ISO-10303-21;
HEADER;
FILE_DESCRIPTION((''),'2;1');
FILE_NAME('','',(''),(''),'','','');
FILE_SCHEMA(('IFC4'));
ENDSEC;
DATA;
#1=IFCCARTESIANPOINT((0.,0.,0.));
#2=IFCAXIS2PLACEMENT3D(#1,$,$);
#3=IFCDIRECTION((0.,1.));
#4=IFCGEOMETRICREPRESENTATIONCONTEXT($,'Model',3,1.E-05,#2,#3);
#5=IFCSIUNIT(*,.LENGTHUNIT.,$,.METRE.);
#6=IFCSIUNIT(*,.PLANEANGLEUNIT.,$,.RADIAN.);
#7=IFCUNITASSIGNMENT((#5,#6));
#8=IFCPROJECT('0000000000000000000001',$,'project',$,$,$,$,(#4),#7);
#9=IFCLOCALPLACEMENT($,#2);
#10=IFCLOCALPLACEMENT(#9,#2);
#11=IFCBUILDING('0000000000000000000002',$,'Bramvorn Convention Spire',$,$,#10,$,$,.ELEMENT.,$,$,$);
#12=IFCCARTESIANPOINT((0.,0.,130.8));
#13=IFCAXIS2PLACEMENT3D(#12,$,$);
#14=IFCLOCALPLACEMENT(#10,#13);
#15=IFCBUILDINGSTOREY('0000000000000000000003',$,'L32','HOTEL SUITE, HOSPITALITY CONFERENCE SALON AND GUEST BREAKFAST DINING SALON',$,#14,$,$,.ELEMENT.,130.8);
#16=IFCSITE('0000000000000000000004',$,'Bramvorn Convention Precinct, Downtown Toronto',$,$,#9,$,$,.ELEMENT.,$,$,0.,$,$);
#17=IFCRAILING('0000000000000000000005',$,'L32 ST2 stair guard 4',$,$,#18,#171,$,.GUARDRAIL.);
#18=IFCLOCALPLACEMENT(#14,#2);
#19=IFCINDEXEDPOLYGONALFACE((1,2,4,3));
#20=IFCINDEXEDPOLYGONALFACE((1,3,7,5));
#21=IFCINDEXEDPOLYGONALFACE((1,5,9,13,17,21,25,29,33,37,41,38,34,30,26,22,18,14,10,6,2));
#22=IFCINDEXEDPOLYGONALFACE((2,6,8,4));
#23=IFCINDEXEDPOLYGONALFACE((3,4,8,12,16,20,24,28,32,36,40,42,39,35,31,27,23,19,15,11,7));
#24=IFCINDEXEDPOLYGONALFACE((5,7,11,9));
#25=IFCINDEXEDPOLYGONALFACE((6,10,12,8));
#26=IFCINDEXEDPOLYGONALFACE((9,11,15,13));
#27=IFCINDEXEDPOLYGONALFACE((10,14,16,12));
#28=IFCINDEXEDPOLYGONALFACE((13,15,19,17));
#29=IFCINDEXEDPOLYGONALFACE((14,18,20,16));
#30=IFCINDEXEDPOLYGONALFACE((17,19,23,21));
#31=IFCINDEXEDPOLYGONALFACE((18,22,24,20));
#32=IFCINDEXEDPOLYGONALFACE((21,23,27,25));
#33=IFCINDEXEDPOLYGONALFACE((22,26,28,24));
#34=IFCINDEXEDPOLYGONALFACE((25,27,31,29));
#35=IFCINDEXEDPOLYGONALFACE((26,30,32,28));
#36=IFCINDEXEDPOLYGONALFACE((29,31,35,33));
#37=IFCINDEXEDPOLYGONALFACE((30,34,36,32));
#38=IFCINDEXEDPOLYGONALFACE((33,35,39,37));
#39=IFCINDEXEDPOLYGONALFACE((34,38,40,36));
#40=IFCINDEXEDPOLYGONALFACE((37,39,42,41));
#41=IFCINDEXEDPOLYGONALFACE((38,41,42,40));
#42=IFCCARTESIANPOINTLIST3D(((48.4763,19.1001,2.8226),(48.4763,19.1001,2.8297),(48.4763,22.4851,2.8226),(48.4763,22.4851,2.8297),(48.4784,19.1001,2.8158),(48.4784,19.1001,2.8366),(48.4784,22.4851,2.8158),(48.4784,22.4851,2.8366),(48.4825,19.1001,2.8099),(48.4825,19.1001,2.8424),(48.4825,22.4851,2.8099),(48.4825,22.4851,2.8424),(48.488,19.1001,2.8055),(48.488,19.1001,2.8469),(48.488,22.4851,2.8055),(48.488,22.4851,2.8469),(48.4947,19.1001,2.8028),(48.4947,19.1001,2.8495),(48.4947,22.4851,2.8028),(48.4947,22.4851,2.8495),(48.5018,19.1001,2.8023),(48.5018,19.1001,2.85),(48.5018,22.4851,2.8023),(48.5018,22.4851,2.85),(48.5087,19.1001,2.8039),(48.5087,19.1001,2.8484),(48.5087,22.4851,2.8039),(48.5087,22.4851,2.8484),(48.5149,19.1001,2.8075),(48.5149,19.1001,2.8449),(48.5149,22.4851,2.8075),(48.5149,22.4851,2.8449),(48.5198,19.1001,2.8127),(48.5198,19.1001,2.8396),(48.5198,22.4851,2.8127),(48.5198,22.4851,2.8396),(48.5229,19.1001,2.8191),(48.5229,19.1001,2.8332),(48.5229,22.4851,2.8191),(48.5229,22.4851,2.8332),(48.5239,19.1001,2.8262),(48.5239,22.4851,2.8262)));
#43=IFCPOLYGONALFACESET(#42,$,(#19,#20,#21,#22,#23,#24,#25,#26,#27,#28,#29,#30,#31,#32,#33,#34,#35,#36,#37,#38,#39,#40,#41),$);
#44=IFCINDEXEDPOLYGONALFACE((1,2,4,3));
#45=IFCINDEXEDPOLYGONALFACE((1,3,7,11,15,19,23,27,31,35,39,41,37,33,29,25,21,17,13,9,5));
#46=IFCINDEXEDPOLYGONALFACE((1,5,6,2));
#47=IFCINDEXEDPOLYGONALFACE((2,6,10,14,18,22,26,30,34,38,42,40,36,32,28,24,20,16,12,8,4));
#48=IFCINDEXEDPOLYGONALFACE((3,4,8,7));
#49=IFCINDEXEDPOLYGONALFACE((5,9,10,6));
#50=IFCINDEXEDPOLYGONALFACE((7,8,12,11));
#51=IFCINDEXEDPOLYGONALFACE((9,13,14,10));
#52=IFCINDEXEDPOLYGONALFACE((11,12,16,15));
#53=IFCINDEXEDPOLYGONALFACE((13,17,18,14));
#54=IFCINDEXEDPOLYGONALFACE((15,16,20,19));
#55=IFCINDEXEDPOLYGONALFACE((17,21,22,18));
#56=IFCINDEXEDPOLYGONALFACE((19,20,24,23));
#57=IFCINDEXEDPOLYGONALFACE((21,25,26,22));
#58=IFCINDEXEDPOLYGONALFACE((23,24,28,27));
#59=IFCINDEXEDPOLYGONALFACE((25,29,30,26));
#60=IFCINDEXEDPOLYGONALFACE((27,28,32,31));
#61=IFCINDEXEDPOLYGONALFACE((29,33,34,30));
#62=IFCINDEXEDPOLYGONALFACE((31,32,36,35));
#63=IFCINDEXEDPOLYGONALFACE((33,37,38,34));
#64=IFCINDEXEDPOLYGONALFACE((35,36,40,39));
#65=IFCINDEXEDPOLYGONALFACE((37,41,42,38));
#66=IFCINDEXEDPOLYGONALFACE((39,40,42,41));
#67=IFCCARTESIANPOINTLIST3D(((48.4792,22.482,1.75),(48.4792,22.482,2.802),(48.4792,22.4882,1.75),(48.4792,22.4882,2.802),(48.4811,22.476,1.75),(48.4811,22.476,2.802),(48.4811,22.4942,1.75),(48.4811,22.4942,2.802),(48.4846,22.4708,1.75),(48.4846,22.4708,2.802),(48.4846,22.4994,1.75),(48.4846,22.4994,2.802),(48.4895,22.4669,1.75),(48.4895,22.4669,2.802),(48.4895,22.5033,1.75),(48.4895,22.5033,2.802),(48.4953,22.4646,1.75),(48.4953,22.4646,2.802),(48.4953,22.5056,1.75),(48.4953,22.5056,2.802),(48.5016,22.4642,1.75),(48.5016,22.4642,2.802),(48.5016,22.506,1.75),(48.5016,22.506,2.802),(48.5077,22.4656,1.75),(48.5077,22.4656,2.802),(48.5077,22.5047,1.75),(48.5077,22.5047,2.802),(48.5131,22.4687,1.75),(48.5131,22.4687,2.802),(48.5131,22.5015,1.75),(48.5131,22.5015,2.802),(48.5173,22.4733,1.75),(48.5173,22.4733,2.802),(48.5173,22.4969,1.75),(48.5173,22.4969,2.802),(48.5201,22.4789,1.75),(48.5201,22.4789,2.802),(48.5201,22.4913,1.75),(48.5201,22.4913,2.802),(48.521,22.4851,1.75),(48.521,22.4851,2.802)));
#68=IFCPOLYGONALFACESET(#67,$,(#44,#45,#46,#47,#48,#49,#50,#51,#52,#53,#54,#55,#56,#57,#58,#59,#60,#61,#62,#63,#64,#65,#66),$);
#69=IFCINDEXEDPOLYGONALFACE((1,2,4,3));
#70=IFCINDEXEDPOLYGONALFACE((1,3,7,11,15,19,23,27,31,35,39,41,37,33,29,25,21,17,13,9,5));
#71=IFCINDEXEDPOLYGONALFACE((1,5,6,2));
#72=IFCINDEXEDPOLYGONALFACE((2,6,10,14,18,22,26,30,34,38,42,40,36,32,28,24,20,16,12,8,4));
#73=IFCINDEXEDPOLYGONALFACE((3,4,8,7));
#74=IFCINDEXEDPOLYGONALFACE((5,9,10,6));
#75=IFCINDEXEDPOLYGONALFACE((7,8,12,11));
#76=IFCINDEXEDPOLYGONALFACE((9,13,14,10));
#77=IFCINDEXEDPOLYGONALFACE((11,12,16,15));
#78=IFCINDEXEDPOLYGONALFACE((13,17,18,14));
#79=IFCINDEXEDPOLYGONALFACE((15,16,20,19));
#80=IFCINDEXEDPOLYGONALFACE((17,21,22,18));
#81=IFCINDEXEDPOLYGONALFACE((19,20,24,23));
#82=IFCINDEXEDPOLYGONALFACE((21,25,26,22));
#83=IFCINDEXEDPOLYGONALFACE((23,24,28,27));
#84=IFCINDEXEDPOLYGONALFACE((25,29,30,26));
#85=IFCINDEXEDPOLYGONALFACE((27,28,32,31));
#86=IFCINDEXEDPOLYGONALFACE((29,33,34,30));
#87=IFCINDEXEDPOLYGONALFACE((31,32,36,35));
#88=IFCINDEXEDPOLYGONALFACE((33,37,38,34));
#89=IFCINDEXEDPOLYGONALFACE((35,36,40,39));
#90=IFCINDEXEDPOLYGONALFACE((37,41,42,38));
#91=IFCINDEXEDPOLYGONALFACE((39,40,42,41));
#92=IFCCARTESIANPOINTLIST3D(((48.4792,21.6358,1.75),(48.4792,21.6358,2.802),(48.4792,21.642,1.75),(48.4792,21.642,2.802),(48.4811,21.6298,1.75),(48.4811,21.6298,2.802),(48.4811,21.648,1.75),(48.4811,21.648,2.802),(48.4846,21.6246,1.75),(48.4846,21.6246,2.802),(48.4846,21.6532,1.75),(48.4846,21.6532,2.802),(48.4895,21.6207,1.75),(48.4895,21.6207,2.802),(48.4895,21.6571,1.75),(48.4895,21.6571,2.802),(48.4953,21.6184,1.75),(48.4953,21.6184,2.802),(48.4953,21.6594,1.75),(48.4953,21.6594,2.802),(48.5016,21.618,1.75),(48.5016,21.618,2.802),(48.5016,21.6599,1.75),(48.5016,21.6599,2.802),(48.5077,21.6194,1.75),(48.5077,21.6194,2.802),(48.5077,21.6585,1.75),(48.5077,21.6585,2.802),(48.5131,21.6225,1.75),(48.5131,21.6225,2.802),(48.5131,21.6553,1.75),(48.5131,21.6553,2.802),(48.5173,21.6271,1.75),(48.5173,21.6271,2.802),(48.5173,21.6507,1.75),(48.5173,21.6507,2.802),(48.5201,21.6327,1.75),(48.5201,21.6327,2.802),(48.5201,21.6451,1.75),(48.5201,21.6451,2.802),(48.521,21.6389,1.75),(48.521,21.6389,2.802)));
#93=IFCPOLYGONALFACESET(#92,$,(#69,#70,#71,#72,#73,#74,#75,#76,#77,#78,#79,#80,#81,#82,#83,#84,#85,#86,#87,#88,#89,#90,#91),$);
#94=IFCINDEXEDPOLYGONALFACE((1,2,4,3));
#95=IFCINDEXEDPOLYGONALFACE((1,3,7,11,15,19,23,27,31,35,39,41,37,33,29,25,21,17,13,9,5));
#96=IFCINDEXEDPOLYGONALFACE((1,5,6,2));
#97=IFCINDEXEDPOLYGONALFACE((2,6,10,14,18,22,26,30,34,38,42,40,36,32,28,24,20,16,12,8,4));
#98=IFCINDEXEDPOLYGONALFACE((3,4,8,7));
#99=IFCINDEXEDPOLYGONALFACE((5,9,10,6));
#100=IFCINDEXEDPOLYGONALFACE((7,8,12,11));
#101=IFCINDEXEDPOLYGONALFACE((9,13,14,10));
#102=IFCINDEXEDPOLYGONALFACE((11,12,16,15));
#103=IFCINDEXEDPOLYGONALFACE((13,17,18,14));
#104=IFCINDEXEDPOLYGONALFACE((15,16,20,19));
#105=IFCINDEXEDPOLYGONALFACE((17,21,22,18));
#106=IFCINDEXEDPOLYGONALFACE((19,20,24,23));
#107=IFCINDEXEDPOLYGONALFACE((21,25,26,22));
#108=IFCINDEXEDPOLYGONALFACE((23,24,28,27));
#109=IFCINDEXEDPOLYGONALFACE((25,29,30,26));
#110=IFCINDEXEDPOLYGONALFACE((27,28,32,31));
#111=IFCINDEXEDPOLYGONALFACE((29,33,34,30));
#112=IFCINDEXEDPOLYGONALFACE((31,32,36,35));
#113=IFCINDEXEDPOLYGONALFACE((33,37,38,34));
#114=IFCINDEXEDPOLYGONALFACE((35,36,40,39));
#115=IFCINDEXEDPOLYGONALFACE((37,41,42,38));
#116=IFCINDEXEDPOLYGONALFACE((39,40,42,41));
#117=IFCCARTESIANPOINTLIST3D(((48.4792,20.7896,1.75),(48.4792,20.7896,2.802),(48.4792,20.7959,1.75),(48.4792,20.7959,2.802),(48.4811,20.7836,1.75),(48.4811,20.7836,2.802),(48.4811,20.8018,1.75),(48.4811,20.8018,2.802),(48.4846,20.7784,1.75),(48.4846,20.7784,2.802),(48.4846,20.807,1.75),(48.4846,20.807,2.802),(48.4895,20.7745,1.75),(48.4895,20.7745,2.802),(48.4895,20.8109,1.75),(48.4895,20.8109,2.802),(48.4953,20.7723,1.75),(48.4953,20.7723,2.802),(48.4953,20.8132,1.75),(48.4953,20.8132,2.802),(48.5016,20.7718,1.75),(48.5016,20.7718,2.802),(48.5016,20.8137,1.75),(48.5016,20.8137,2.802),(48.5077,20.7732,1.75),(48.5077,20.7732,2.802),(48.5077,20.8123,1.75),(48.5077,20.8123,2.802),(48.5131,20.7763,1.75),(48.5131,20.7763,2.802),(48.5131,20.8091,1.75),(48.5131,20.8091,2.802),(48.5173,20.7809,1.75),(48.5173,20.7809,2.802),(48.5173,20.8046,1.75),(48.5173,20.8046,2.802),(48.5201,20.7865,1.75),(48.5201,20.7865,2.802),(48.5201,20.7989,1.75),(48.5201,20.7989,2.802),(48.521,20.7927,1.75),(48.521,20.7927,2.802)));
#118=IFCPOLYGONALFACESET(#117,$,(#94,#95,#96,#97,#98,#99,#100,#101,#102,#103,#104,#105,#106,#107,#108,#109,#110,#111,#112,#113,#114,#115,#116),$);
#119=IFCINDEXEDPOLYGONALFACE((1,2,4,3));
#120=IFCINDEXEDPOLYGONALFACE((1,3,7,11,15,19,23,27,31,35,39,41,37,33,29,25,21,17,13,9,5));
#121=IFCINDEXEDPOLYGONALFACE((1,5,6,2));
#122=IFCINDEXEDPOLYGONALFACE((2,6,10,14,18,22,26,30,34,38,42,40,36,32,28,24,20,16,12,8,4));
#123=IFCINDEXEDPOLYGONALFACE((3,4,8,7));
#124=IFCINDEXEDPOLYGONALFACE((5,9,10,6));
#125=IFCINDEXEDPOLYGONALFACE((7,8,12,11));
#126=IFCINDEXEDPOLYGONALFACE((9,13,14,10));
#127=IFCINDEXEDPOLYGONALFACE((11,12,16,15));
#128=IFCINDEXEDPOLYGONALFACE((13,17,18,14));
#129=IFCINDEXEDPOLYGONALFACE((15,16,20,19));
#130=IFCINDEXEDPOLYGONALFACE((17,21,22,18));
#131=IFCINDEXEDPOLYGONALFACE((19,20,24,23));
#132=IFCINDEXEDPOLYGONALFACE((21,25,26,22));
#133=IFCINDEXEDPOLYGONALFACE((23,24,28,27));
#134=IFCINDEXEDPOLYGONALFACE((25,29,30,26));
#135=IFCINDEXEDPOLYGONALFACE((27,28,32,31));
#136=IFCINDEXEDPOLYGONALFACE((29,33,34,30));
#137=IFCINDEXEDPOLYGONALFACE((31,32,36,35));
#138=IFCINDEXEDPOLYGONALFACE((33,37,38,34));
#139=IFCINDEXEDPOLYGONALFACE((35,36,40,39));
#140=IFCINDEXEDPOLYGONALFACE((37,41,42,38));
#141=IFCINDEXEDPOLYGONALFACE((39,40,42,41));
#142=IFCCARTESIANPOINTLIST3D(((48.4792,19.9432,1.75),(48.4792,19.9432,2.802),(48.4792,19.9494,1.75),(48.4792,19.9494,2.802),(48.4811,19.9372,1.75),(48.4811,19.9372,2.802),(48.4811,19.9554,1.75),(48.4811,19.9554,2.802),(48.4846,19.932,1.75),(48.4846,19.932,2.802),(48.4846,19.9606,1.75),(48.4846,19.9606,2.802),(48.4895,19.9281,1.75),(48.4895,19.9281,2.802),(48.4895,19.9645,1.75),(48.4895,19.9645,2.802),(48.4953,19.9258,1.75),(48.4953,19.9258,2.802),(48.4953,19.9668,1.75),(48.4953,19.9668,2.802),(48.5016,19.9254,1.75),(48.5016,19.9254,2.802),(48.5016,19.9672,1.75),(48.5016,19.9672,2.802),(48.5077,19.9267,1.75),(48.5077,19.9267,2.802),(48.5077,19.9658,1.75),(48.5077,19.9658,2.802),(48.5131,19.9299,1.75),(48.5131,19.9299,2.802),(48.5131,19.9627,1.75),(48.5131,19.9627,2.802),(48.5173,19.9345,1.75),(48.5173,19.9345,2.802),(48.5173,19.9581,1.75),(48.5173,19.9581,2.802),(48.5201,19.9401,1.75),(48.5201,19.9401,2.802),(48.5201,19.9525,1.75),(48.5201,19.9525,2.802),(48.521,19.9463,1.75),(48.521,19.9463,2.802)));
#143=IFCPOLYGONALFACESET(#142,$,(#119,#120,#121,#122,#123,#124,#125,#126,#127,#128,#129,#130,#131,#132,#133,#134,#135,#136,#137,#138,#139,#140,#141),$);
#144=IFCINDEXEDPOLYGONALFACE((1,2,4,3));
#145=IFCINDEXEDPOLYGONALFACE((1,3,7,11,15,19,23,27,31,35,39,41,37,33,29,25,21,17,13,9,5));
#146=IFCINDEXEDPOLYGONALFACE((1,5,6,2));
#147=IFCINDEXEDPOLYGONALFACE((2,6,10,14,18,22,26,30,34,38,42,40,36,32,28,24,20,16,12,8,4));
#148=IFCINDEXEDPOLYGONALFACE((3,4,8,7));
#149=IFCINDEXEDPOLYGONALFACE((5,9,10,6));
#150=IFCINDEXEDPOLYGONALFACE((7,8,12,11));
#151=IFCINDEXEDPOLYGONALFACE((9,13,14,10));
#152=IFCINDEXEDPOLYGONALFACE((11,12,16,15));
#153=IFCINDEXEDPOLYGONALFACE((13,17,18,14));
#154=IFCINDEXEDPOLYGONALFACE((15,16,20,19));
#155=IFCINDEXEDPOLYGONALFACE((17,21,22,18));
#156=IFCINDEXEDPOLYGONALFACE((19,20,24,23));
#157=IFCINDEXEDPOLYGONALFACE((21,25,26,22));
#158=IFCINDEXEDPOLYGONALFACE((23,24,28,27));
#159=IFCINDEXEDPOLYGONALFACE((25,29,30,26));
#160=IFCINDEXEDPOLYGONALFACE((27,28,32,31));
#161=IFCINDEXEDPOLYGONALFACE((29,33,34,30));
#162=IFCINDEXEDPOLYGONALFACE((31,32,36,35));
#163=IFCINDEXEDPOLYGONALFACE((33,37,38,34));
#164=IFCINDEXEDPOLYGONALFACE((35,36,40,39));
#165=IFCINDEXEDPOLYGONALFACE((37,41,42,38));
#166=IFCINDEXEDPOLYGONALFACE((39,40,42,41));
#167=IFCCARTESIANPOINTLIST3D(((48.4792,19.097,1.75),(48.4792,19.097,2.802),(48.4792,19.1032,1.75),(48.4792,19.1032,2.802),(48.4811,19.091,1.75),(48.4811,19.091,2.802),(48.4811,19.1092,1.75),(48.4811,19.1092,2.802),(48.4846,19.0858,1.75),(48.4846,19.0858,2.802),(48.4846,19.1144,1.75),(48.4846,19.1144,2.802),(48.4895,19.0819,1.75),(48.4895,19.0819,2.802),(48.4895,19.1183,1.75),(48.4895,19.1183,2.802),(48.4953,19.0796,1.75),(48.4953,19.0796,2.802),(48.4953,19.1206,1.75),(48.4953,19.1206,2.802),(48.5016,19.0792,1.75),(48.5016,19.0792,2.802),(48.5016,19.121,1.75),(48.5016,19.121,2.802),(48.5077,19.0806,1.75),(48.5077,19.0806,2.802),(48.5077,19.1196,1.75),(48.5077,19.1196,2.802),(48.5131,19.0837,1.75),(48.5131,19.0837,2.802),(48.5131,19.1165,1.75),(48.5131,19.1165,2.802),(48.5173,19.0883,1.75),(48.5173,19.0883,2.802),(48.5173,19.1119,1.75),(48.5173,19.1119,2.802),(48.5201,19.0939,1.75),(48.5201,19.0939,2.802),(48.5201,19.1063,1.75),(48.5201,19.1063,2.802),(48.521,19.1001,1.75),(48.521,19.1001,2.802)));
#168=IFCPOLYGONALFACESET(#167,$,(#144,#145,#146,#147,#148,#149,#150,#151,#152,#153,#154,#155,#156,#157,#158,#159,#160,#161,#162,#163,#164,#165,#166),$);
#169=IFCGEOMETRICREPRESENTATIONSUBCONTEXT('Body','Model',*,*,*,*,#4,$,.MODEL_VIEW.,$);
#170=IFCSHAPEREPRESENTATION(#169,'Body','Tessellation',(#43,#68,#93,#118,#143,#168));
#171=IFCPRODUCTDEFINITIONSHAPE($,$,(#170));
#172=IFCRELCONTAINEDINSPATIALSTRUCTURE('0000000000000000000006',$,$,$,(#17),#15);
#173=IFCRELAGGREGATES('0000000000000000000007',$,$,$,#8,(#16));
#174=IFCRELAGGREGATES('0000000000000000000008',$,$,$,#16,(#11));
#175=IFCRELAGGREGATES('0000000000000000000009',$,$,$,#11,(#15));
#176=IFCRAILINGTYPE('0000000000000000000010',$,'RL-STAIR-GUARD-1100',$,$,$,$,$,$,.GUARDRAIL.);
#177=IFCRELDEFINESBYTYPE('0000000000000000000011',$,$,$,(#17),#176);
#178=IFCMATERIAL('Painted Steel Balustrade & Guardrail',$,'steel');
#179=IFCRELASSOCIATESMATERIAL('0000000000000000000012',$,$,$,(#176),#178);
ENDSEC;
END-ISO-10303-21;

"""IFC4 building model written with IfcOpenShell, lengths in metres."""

from ifc_helpers import new_model, si_unit, direction, frame, origin, origin_2d, place, context, subcontext, project, spatial, circle, extrude, material, type_object, element, save


model = new_model("IFC4")

# Units and contexts
model_context = context("Model", 3, precision=1e-05, world=origin(), true_north=direction((0.0, 1.0)))
body_context = subcontext(model_context, "Body", "Model", "MODEL_VIEW")
ifc_project = project(units=[si_unit("LENGTHUNIT", "METRE"), si_unit("PLANEANGLEUNIT", "RADIAN")], contexts=[model_context])

# Site, building, storey
site_placement = place(None, origin())
site = spatial("IfcSite", under=ifc_project, at=site_placement, Name="Bramvorn Convention Precinct, Downtown Toronto", CompositionType="ELEMENT", RefElevation=0.0)
building_placement = place(site_placement, origin())
building = spatial("IfcBuilding", under=site, at=building_placement, Name="Bramvorn Convention Spire", CompositionType="ELEMENT")
storey_placement = place(building_placement, frame((0.0, 0.0, 130.8)))
storey = spatial("IfcBuildingStorey", under=building, at=storey_placement, Name="L32", Description="HOTEL SUITE, HOSPITALITY CONFERENCE SALON AND GUEST BREAKFAST DINING SALON", CompositionType="ELEMENT", Elevation=130.8)

# Railing
ifc_material_1 = material(Name="Painted Steel Balustrade & Guardrail", Category="steel")
railing_type_1 = type_object("IfcRailingType", Name="RL-STAIR-GUARD-1100", PredefinedType="GUARDRAIL", material=ifc_material_1)
railing_1_placement = place(storey_placement, frame((48.5, 22.4851, 1.75)))
element("IfcRailing", 1, at=railing_1_placement, inside=storey, type_object=railing_type_1, Name="L32 ST2 stair guard 4", PredefinedType="GUARDRAIL", context=body_context, shape_type="SweptSolid", body=[
    extrude(circle(Radius=0.0239, at=origin_2d()), frame((0.0, 0.0, 1.0762), z_axis=(0.0, -1.0, 0.0), x_axis=(1.0, 0.0, 0.0)), (0.0, 0.0, 1.0), 3.385),
    extrude(circle(Radius=0.021, at=origin_2d()), origin(), (0.0, 0.0, 1.0), 1.052),
    extrude(circle(Radius=0.021, at=origin_2d()), frame((0.0, -0.8462, 0.0)), (0.0, 0.0, 1.0), 1.052),
    extrude(circle(Radius=0.021, at=origin_2d()), frame((0.0, -1.6924, 0.0)), (0.0, 0.0, 1.0), 1.052),
    extrude(circle(Radius=0.021, at=origin_2d()), frame((0.0, -2.5388, 0.0)), (0.0, 0.0, 1.0), 1.052),
    extrude(circle(Radius=0.021, at=origin_2d()), frame((0.0, -3.385, 0.0)), (0.0, 0.0, 1.0), 1.052),
])

save(model, "model.ifc")
